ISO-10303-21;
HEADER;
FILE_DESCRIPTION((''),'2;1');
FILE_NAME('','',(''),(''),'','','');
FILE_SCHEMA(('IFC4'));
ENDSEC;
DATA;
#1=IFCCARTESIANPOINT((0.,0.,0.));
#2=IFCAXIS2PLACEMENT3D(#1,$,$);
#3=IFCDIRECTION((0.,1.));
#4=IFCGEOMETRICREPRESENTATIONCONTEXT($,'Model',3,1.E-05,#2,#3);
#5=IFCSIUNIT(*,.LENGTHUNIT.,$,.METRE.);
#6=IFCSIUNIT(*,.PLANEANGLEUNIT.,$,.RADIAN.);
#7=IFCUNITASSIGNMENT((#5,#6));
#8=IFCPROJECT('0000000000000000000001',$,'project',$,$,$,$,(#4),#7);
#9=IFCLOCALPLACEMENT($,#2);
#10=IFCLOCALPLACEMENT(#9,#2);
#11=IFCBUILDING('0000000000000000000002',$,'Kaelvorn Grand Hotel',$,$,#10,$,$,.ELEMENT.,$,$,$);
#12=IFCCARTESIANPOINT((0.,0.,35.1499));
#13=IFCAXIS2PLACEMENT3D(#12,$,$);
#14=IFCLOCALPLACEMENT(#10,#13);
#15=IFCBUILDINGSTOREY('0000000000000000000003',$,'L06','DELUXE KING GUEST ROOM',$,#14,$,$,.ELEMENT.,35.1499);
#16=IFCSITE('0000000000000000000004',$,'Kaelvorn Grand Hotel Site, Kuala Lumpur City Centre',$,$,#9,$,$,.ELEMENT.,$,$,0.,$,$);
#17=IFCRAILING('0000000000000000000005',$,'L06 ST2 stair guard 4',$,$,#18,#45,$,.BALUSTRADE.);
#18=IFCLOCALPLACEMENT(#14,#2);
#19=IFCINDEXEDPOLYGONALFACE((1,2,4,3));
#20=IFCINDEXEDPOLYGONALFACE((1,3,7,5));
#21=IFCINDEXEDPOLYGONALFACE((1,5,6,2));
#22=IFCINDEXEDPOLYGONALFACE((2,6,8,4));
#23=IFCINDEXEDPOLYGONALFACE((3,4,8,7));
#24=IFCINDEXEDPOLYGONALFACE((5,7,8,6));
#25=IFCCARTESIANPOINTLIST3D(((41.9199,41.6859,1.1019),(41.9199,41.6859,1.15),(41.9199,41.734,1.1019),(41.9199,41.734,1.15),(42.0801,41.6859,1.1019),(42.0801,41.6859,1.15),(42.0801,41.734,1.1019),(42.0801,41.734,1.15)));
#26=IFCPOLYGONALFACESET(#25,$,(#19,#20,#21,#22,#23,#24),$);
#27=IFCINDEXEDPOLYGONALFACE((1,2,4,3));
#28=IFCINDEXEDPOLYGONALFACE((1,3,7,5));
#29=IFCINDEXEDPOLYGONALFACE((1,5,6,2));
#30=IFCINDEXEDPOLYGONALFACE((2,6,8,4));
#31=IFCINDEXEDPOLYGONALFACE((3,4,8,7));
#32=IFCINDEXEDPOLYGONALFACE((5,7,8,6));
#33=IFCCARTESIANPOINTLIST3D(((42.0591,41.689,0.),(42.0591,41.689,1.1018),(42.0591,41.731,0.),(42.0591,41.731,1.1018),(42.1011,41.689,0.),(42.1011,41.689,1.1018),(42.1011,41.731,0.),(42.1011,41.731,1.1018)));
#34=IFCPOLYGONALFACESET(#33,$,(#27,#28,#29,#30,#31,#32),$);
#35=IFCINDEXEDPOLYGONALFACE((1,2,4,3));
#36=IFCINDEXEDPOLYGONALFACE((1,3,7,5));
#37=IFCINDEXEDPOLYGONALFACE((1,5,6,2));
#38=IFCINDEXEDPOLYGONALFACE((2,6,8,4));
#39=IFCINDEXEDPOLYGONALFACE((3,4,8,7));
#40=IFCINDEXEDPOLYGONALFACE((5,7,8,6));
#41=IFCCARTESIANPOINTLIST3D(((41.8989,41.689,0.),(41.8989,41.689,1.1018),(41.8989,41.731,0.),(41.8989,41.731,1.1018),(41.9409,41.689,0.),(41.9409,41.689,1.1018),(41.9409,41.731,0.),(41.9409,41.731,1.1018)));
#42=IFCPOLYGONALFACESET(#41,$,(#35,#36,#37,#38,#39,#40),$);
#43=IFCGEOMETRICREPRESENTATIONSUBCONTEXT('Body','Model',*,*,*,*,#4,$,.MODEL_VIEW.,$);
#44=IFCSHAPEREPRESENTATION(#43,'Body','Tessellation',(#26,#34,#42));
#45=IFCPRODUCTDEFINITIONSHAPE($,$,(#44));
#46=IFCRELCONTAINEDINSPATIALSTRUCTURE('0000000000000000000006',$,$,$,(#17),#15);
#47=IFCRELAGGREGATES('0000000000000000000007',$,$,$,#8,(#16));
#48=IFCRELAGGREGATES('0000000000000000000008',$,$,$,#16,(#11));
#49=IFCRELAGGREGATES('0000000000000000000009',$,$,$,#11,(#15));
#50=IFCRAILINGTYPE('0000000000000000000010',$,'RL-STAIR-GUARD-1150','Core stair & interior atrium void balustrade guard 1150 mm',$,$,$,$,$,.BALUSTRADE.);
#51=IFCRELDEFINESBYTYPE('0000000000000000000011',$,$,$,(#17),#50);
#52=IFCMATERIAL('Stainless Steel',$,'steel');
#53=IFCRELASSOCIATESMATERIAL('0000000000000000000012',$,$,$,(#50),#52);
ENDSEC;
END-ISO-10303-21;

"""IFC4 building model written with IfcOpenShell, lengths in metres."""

from ifc_helpers import new_model, si_unit, direction, frame, origin, origin_2d, place, context, subcontext, project, spatial, rectangle, extrude, material, type_object, element, save


model = new_model("IFC4")

# Units and contexts
model_context = context("Model", 3, precision=1e-05, world=origin(), true_north=direction((0.0, 1.0)))
body_context = subcontext(model_context, "Body", "Model", "MODEL_VIEW")
ifc_project = project(units=[si_unit("LENGTHUNIT", "METRE"), si_unit("PLANEANGLEUNIT", "RADIAN")], contexts=[model_context])

# Site, building, storey
site_placement = place(None, origin())
site = spatial("IfcSite", under=ifc_project, at=site_placement, Name="Kaelvorn Grand Hotel Site, Kuala Lumpur City Centre", CompositionType="ELEMENT", RefElevation=0.0)
building_placement = place(site_placement, origin())
building = spatial("IfcBuilding", under=site, at=building_placement, Name="Kaelvorn Grand Hotel", CompositionType="ELEMENT")
storey_placement = place(building_placement, frame((0.0, 0.0, 35.1499)))
storey = spatial("IfcBuildingStorey", under=building, at=storey_placement, Name="L06", Description="DELUXE KING GUEST ROOM", CompositionType="ELEMENT", Elevation=35.1499)

# Railing
ifc_material_1 = material(Name="Stainless Steel", Category="steel")
railing_type_1 = type_object("IfcRailingType", Name="RL-STAIR-GUARD-1150", Description="Core stair & interior atrium void balustrade guard 1150 mm", PredefinedType="BALUSTRADE", material=ifc_material_1)
railing_1_placement = place(storey_placement, frame((42.0801, 41.71, 0.0)))
element("IfcRailing", 1, at=railing_1_placement, inside=storey, type_object=railing_type_1, Name="L06 ST2 stair guard 4", PredefinedType="BALUSTRADE", context=body_context, shape_type="SweptSolid", body=[
    extrude(rectangle(XDim=0.0481, YDim=0.0481, at=origin_2d()), frame((0.0, 0.0, 1.126), z_axis=(-1.0, 0.0, 0.0), x_axis=(0.0, -1.0, 0.0)), (0.0, 0.0, 1.0), 0.1602),
    extrude(rectangle(XDim=0.042, YDim=0.042, at=origin_2d()), origin(), (0.0, 0.0, 1.0), 1.1018),
    extrude(rectangle(XDim=0.042, YDim=0.042, at=origin_2d()), frame((-0.1602, 0.0, 0.0)), (0.0, 0.0, 1.0), 1.1018),
])

save(model, "model.ifc")
